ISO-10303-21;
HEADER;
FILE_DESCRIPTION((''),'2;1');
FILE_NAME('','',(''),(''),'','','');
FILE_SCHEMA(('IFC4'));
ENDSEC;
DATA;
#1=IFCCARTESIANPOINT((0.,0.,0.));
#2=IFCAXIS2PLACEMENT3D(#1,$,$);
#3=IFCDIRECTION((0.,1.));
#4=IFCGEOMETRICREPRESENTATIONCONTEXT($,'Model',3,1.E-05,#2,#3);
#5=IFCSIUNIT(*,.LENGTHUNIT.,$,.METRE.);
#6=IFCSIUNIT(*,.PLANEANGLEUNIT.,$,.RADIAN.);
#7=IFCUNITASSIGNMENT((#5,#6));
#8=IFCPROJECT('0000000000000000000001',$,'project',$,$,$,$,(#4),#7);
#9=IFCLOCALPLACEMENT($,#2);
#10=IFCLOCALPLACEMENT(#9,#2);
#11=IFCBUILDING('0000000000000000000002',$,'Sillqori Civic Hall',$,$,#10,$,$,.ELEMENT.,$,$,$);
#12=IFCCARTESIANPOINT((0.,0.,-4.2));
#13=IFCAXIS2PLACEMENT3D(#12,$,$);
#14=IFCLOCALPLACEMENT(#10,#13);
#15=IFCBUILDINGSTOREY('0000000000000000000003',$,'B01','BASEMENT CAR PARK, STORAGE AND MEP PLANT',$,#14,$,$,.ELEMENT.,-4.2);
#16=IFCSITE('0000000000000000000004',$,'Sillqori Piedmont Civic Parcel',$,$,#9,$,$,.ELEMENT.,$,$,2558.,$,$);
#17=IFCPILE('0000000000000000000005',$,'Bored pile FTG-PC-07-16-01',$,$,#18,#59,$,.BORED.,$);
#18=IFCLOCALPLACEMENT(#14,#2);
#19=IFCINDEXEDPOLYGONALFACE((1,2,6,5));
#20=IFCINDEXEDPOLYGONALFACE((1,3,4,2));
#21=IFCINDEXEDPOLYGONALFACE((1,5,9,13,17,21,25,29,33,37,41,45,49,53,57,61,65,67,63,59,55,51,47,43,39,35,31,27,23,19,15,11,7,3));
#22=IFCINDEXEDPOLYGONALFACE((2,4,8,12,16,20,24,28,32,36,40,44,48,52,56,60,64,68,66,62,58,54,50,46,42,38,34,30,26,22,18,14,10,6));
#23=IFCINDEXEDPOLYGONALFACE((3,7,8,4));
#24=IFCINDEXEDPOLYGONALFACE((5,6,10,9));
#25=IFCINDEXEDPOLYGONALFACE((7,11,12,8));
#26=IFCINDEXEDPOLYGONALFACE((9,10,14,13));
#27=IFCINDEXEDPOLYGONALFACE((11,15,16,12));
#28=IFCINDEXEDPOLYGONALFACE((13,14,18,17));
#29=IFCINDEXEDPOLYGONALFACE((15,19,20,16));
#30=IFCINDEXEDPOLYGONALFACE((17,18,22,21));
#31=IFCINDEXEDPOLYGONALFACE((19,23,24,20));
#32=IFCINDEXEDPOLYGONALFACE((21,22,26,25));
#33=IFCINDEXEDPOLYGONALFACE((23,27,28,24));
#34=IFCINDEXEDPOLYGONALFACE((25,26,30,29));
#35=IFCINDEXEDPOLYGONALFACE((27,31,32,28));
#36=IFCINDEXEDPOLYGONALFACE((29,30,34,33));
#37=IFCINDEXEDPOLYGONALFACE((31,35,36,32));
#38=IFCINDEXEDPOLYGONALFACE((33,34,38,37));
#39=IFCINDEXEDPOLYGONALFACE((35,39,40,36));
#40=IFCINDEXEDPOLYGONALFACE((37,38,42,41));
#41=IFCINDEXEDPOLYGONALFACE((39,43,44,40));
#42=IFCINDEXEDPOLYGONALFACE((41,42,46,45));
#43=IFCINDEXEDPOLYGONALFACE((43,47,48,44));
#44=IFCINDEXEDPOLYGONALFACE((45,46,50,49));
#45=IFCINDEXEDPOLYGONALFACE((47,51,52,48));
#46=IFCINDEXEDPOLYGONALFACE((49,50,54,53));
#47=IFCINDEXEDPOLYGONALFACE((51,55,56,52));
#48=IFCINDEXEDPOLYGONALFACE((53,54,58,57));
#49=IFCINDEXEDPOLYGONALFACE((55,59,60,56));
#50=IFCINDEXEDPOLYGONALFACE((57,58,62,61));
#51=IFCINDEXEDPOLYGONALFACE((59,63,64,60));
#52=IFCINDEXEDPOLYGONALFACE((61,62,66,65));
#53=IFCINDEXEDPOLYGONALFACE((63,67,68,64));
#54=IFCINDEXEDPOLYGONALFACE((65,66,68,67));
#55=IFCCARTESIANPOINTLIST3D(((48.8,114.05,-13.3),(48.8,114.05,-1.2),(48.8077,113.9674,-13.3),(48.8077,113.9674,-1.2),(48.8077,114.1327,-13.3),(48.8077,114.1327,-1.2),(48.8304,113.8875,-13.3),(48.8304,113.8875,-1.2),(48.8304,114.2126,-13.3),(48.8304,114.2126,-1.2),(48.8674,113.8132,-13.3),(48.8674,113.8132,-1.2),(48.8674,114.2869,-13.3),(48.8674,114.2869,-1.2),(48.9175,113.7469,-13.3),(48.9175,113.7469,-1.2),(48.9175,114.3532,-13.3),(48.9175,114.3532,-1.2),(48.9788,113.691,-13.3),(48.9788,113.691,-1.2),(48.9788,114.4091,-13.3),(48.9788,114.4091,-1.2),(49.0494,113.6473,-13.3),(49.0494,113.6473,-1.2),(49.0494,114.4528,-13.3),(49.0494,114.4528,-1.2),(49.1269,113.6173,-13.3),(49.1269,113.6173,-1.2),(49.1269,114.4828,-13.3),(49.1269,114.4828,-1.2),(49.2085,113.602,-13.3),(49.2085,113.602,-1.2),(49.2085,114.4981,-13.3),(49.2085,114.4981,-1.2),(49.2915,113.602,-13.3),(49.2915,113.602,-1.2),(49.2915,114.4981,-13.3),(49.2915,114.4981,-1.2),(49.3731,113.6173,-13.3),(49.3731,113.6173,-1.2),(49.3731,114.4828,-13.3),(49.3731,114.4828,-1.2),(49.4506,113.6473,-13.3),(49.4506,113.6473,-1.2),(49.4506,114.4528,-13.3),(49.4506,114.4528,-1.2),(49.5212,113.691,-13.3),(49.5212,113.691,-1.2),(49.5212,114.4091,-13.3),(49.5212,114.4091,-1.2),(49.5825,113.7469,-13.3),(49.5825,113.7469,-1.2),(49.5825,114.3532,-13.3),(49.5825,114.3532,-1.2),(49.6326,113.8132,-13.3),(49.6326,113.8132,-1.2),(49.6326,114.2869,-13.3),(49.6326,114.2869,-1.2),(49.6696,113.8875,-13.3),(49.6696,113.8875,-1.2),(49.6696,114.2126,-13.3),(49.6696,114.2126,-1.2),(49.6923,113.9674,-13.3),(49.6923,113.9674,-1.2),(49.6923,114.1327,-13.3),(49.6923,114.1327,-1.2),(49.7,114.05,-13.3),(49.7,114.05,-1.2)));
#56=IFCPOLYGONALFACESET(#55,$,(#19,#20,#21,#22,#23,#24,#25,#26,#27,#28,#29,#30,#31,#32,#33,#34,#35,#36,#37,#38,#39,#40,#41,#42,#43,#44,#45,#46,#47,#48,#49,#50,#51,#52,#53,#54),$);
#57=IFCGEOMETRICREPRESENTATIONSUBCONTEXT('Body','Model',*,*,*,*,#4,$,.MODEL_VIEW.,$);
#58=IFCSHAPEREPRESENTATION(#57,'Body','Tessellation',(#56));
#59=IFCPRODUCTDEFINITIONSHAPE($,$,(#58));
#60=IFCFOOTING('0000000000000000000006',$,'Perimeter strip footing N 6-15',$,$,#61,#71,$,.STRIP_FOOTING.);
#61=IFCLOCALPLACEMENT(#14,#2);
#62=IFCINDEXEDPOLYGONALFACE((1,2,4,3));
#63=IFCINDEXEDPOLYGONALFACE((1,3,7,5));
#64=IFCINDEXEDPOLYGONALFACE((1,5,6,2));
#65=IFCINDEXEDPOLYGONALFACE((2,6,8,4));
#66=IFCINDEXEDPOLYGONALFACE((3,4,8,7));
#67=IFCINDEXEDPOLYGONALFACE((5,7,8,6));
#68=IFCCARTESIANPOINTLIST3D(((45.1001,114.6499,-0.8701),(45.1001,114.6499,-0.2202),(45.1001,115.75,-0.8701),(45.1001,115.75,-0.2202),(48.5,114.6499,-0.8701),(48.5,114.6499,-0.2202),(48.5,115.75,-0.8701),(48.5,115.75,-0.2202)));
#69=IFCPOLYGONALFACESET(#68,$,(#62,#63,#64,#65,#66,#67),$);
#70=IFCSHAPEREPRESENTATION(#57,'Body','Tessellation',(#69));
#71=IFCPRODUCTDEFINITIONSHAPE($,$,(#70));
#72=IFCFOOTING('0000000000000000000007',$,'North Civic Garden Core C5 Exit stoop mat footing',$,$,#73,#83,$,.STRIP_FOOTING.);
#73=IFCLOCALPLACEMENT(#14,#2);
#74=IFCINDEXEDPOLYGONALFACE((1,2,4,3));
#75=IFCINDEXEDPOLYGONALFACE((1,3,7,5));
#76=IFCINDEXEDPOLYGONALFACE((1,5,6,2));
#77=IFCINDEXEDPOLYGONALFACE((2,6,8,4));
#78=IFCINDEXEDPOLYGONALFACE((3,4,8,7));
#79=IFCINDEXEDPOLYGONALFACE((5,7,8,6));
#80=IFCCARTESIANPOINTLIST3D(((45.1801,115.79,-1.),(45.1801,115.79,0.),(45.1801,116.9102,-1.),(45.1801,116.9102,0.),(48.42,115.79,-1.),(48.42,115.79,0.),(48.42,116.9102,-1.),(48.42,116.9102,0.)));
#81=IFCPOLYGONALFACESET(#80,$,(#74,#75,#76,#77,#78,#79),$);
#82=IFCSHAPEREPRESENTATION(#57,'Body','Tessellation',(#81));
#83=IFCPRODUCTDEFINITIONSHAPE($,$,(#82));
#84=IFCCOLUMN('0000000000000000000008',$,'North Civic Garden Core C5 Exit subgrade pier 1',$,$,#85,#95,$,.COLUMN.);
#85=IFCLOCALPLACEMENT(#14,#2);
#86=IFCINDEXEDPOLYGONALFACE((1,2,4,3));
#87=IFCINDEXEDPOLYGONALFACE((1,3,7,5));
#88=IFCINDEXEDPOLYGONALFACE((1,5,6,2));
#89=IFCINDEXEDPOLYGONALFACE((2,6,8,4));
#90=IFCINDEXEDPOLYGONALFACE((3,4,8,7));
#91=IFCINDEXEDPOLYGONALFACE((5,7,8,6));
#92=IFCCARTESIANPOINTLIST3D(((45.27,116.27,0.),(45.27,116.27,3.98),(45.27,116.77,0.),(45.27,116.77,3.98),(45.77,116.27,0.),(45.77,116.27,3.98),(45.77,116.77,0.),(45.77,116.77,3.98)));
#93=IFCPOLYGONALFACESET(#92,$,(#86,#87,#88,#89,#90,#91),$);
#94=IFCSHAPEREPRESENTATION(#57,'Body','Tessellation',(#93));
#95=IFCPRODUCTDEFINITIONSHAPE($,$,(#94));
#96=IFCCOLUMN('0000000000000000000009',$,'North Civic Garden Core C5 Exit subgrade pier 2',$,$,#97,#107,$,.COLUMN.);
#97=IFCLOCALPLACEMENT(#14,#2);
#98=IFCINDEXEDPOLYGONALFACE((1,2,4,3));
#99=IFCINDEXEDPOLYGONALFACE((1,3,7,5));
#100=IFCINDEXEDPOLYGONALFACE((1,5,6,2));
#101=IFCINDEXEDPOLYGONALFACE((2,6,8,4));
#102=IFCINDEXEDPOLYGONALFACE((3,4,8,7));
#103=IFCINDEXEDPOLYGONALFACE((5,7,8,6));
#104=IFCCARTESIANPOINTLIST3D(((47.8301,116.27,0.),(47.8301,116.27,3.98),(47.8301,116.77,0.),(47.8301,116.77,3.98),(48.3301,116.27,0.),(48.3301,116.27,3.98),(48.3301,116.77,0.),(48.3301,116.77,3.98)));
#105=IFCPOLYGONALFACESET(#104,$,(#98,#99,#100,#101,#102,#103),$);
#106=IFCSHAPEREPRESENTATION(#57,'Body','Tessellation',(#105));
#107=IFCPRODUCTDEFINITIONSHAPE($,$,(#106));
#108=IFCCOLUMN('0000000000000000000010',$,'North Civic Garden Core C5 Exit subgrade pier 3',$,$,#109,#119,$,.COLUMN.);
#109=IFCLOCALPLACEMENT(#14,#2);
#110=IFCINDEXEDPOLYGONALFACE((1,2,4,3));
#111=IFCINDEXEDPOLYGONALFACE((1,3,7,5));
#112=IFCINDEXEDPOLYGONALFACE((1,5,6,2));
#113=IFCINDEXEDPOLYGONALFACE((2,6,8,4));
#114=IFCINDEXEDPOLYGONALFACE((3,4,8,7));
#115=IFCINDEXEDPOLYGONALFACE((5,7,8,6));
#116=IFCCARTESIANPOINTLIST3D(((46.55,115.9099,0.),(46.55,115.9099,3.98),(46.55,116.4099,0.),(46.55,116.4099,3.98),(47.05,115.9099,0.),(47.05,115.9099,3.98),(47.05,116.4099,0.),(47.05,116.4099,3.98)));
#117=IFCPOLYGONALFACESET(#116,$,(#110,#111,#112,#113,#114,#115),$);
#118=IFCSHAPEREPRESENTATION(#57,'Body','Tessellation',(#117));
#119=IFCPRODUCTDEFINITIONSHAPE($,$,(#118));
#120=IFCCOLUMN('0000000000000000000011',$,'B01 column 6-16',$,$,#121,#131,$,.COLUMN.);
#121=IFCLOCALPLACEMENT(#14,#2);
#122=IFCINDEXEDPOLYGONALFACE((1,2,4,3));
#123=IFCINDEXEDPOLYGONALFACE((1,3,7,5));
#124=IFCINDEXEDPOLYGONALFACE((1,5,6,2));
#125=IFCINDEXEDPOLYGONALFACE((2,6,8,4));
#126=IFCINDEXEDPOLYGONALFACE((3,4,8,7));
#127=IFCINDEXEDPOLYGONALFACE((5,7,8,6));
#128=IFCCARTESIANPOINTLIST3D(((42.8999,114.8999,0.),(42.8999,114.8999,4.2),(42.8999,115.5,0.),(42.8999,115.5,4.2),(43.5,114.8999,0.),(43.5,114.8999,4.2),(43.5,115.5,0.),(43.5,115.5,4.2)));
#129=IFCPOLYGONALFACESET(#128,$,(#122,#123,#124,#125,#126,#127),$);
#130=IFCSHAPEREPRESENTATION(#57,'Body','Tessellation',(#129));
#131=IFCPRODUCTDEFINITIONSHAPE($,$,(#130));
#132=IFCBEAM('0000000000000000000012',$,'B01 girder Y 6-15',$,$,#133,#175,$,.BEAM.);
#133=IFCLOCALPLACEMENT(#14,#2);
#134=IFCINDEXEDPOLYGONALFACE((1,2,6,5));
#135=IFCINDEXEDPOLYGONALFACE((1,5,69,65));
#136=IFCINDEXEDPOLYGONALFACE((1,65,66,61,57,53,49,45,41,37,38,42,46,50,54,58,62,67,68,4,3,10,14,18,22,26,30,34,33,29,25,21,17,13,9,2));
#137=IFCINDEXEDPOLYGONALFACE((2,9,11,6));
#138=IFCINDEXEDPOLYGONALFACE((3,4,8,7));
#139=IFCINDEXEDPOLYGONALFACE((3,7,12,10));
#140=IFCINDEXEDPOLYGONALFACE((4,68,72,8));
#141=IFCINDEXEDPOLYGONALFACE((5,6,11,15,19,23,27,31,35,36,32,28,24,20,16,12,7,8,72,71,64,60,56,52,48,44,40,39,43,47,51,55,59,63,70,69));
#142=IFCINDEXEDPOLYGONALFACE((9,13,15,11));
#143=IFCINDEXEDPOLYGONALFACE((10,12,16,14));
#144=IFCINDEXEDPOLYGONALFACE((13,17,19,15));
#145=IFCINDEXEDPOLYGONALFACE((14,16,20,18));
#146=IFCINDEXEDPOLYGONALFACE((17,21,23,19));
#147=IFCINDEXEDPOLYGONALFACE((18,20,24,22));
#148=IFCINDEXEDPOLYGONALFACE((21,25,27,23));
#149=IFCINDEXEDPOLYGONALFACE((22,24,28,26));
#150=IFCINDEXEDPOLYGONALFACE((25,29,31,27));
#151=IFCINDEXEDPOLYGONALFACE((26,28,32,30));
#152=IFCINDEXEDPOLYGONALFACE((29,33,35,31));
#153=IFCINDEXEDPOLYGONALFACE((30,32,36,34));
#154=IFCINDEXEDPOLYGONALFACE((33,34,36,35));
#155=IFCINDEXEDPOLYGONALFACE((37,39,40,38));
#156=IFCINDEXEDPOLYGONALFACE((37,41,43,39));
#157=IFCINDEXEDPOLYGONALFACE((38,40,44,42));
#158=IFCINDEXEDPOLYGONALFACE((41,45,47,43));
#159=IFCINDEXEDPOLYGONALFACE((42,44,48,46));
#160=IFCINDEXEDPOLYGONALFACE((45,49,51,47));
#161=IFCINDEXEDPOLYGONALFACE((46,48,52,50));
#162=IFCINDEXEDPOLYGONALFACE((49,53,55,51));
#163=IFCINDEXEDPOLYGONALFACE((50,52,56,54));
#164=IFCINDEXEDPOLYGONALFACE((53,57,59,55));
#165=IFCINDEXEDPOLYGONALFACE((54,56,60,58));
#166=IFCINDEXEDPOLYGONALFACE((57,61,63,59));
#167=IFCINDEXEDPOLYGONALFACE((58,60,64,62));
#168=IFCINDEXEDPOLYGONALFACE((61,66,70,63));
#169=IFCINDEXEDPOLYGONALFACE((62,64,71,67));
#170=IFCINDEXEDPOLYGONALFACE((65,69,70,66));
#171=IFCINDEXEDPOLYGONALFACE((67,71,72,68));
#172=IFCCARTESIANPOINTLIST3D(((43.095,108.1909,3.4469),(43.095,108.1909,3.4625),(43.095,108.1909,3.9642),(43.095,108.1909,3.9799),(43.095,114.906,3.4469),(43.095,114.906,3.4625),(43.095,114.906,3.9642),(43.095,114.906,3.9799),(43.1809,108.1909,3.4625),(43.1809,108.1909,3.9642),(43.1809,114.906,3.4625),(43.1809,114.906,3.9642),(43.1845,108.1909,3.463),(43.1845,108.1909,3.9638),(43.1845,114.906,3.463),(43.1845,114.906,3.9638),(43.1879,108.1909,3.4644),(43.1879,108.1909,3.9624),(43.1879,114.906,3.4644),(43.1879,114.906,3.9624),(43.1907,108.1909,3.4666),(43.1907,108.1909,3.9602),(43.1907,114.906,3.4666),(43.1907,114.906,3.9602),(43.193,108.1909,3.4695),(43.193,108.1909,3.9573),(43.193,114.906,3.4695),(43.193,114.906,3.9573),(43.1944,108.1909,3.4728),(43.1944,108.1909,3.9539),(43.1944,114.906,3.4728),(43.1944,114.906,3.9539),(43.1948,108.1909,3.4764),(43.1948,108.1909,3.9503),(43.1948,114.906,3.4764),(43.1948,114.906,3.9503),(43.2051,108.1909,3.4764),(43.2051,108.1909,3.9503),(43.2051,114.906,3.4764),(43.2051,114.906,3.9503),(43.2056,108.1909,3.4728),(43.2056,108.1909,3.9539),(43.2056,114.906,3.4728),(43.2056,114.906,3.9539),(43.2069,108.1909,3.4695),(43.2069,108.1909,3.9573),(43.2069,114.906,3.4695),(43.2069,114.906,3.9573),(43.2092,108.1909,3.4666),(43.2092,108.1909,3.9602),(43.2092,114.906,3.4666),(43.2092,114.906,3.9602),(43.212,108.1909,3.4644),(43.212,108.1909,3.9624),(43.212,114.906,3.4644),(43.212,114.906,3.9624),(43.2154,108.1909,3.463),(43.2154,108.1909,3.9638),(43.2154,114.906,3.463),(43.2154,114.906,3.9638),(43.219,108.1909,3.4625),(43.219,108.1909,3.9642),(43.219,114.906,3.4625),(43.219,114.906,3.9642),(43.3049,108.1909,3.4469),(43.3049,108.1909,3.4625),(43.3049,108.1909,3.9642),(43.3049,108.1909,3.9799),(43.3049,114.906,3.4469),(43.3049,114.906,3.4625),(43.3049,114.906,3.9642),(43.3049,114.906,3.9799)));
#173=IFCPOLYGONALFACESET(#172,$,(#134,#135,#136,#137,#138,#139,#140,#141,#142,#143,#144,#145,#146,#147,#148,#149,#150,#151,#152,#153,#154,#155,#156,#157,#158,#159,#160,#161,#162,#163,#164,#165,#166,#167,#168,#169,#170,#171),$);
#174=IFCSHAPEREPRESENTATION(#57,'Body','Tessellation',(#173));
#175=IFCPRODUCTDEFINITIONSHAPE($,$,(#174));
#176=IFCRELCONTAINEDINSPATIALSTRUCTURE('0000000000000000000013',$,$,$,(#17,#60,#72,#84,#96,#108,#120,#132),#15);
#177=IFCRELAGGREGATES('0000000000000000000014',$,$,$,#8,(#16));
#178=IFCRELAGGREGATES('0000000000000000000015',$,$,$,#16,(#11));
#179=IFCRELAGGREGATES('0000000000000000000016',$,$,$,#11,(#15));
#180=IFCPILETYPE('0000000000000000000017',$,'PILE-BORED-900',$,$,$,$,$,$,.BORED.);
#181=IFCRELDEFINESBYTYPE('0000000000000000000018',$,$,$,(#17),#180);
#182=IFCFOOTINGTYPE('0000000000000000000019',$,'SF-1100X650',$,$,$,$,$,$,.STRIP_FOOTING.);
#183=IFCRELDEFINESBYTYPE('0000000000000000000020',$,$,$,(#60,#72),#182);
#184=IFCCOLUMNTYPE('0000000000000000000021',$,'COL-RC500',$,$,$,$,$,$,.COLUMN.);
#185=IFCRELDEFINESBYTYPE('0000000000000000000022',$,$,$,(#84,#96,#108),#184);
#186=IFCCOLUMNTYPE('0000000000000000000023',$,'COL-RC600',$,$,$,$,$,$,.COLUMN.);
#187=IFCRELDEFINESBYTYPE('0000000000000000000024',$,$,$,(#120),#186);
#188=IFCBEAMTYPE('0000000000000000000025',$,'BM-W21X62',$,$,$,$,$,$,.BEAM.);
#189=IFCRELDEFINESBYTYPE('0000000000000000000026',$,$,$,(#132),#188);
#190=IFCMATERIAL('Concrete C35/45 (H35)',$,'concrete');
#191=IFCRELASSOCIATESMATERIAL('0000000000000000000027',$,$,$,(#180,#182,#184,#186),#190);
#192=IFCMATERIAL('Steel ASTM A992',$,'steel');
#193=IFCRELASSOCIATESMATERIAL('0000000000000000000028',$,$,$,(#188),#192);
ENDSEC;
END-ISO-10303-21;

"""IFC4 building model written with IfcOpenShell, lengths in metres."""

from ifc_helpers import new_model, si_unit, direction, frame, origin, origin_2d, place, context, subcontext, project, spatial, rectangle, circle, i_section, extrude, material, material_profile, profile_set, type_object, element, save


model = new_model("IFC4")

# Units and contexts
model_context = context("Model", 3, precision=1e-05, world=origin(), true_north=direction((0.0, 1.0)))
body_context = subcontext(model_context, "Body", "Model", "MODEL_VIEW")
ifc_project = project(units=[si_unit("LENGTHUNIT", "METRE"), si_unit("PLANEANGLEUNIT", "RADIAN")], contexts=[model_context])

# Site, building, storey
site_placement = place(None, origin())
site = spatial("IfcSite", under=ifc_project, at=site_placement, Name="Sillqori Piedmont Civic Parcel", CompositionType="ELEMENT", RefElevation=2558.0)
building_placement = place(site_placement, origin())
building = spatial("IfcBuilding", under=site, at=building_placement, Name="Sillqori Civic Hall", CompositionType="ELEMENT")
storey_placement = place(building_placement, frame((0.0, 0.0, -4.2)))
storey = spatial("IfcBuildingStorey", under=building, at=storey_placement, Name="B01", Description="BASEMENT CAR PARK, STORAGE AND MEP PLANT", CompositionType="ELEMENT", Elevation=-4.2)

# Shared definitions
ifc_material_1 = material(Name="Concrete C35/45 (H35)", Category="concrete")

# Pile
ifc_material_profile_1 = material_profile(ifc_material_1, circle(Radius=0.45, at=origin_2d()), Name="BORED PILE 900")
ifc_profile_set_1 = profile_set([ifc_material_profile_1], Name="Concrete C35/45 (H35)")
pile_type = type_object("IfcPileType", Name="PILE-BORED-900", PredefinedType="BORED", material=ifc_profile_set_1)
for number, where, z_axis, x_axis, name in (
    (1, (49.25, 114.05, -1.2), (0.0, 0.0, -1.0), (1.0, 0.0, 0.0), "Bored pile FTG-PC-07-16-01"),
):
    element("IfcPile", number, at=place(storey_placement, frame(where, z_axis=z_axis, x_axis=x_axis)), inside=storey, type_object=pile_type, Name=name, PredefinedType="BORED", context=body_context, shape_type="SweptSolid", body=[
        extrude(circle(Radius=0.45, at=origin_2d()), origin(), (0.0, 0.0, 1.0), 12.1001),
    ])

# Footings
footing_type_1 = type_object("IfcFootingType", Name="SF-1100X650", PredefinedType="STRIP_FOOTING", material=ifc_material_1)
footing_1_placement = place(storey_placement, frame((46.8, 115.2, -0.8701), z_axis=(0.0, 0.0, 1.0), x_axis=(1.0, 0.0, 0.0)))
element("IfcFooting", 2, at=footing_1_placement, inside=storey, type_object=footing_type_1, Name="Perimeter strip footing N 6-15", PredefinedType="STRIP_FOOTING", context=body_context, shape_type="SweptSolid", body=[
    extrude(rectangle(XDim=3.3999, YDim=1.1001, at=origin_2d()), origin(), (0.0, 0.0, 1.0), 0.6499),
])
footing_2_placement = place(storey_placement, frame((46.8, 116.3501, -1.0), z_axis=(0.0, 0.0, 1.0), x_axis=(1.0, 0.0, 0.0)))
element("IfcFooting", 3, at=footing_2_placement, inside=storey, type_object=footing_type_1, Name="North Civic Garden Core C5 Exit stoop mat footing", PredefinedType="STRIP_FOOTING", context=body_context, shape_type="SweptSolid", body=[
    extrude(rectangle(XDim=3.24, YDim=1.1201, at=origin_2d()), origin(), (0.0, 0.0, 1.0), 1.0),
])

# Columns
ifc_material_profile_2 = material_profile(ifc_material_1, rectangle(XDim=0.5, YDim=0.5, at=origin_2d()), Name="RC 500x500")
ifc_profile_set_2 = profile_set([ifc_material_profile_2], Name="Concrete C35/45 (H35)")
column_type_1 = type_object("IfcColumnType", Name="COL-RC500", PredefinedType="COLUMN", material=ifc_profile_set_2)
for number, where, z_axis, x_axis, name in (
    (4, (45.52, 116.52, 0.0), (0.0, 0.0, 1.0), (1.0, 0.0, 0.0), "North Civic Garden Core C5 Exit subgrade pier 1"),
    (5, (48.0801, 116.52, 0.0), (0.0, 0.0, 1.0), (1.0, 0.0, 0.0), "North Civic Garden Core C5 Exit subgrade pier 2"),
    (6, (46.8, 116.1599, 0.0), (0.0, 0.0, 1.0), (1.0, 0.0, 0.0), "North Civic Garden Core C5 Exit subgrade pier 3"),
):
    element("IfcColumn", number, at=place(storey_placement, frame(where, z_axis=z_axis, x_axis=x_axis)), inside=storey, type_object=column_type_1, Name=name, PredefinedType="COLUMN", context=body_context, shape_type="SweptSolid", body=[
        extrude(rectangle(XDim=0.5, YDim=0.5, at=origin_2d()), origin(), (0.0, 0.0, 1.0), 3.98),
    ])
ifc_material_profile_3 = material_profile(ifc_material_1, rectangle(XDim=0.6001, YDim=0.6001, at=origin_2d()), Name="RC 600x600")
ifc_profile_set_3 = profile_set([ifc_material_profile_3], Name="Concrete C35/45 (H35)")
column_type_2 = type_object("IfcColumnType", Name="COL-RC600", PredefinedType="COLUMN", material=ifc_profile_set_3)
column_placement = place(storey_placement, frame((43.2, 115.2, 0.0), z_axis=(0.0, 0.0, 1.0), x_axis=(1.0, 0.0, 0.0)))
element("IfcColumn", 7, at=column_placement, inside=storey, type_object=column_type_2, Name="B01 column 6-16", PredefinedType="COLUMN", context=body_context, shape_type="SweptSolid", body=[
    extrude(rectangle(XDim=0.6001, YDim=0.6001, at=origin_2d()), origin(), (0.0, 0.0, 1.0), 4.2),
])

# Beam
ifc_material_2 = material(Name="Steel ASTM A992", Category="steel")
ifc_material_profile_4 = material_profile(ifc_material_2, i_section(OverallWidth=0.21, OverallDepth=0.533, WebThickness=0.0103, FlangeThickness=0.0156, FilletRadius=0.0139, at=origin_2d()), Name="W21X62")
ifc_profile_set_4 = profile_set([ifc_material_profile_4], Name="Steel ASTM A992")
beam_type_1 = type_object("IfcBeamType", Name="BM-W21X62", PredefinedType="BEAM", material=ifc_profile_set_4)
beam_1_placement = place(storey_placement, frame((43.2, 108.1909, 3.7134), z_axis=(0.0, 1.0, 0.0), x_axis=(-1.0, 0.0, 0.0)))
element("IfcBeam", 8, at=beam_1_placement, inside=storey, type_object=beam_type_1, Name="B01 girder Y 6-15", PredefinedType="BEAM", context=body_context, shape_type="SweptSolid", body=[
    extrude(i_section(OverallWidth=0.21, OverallDepth=0.533, WebThickness=0.0103, FlangeThickness=0.0156, FilletRadius=0.0139, at=origin_2d()), origin(), (0.0, 0.0, 1.0), 6.7151),
])

save(model, "model.ifc")
